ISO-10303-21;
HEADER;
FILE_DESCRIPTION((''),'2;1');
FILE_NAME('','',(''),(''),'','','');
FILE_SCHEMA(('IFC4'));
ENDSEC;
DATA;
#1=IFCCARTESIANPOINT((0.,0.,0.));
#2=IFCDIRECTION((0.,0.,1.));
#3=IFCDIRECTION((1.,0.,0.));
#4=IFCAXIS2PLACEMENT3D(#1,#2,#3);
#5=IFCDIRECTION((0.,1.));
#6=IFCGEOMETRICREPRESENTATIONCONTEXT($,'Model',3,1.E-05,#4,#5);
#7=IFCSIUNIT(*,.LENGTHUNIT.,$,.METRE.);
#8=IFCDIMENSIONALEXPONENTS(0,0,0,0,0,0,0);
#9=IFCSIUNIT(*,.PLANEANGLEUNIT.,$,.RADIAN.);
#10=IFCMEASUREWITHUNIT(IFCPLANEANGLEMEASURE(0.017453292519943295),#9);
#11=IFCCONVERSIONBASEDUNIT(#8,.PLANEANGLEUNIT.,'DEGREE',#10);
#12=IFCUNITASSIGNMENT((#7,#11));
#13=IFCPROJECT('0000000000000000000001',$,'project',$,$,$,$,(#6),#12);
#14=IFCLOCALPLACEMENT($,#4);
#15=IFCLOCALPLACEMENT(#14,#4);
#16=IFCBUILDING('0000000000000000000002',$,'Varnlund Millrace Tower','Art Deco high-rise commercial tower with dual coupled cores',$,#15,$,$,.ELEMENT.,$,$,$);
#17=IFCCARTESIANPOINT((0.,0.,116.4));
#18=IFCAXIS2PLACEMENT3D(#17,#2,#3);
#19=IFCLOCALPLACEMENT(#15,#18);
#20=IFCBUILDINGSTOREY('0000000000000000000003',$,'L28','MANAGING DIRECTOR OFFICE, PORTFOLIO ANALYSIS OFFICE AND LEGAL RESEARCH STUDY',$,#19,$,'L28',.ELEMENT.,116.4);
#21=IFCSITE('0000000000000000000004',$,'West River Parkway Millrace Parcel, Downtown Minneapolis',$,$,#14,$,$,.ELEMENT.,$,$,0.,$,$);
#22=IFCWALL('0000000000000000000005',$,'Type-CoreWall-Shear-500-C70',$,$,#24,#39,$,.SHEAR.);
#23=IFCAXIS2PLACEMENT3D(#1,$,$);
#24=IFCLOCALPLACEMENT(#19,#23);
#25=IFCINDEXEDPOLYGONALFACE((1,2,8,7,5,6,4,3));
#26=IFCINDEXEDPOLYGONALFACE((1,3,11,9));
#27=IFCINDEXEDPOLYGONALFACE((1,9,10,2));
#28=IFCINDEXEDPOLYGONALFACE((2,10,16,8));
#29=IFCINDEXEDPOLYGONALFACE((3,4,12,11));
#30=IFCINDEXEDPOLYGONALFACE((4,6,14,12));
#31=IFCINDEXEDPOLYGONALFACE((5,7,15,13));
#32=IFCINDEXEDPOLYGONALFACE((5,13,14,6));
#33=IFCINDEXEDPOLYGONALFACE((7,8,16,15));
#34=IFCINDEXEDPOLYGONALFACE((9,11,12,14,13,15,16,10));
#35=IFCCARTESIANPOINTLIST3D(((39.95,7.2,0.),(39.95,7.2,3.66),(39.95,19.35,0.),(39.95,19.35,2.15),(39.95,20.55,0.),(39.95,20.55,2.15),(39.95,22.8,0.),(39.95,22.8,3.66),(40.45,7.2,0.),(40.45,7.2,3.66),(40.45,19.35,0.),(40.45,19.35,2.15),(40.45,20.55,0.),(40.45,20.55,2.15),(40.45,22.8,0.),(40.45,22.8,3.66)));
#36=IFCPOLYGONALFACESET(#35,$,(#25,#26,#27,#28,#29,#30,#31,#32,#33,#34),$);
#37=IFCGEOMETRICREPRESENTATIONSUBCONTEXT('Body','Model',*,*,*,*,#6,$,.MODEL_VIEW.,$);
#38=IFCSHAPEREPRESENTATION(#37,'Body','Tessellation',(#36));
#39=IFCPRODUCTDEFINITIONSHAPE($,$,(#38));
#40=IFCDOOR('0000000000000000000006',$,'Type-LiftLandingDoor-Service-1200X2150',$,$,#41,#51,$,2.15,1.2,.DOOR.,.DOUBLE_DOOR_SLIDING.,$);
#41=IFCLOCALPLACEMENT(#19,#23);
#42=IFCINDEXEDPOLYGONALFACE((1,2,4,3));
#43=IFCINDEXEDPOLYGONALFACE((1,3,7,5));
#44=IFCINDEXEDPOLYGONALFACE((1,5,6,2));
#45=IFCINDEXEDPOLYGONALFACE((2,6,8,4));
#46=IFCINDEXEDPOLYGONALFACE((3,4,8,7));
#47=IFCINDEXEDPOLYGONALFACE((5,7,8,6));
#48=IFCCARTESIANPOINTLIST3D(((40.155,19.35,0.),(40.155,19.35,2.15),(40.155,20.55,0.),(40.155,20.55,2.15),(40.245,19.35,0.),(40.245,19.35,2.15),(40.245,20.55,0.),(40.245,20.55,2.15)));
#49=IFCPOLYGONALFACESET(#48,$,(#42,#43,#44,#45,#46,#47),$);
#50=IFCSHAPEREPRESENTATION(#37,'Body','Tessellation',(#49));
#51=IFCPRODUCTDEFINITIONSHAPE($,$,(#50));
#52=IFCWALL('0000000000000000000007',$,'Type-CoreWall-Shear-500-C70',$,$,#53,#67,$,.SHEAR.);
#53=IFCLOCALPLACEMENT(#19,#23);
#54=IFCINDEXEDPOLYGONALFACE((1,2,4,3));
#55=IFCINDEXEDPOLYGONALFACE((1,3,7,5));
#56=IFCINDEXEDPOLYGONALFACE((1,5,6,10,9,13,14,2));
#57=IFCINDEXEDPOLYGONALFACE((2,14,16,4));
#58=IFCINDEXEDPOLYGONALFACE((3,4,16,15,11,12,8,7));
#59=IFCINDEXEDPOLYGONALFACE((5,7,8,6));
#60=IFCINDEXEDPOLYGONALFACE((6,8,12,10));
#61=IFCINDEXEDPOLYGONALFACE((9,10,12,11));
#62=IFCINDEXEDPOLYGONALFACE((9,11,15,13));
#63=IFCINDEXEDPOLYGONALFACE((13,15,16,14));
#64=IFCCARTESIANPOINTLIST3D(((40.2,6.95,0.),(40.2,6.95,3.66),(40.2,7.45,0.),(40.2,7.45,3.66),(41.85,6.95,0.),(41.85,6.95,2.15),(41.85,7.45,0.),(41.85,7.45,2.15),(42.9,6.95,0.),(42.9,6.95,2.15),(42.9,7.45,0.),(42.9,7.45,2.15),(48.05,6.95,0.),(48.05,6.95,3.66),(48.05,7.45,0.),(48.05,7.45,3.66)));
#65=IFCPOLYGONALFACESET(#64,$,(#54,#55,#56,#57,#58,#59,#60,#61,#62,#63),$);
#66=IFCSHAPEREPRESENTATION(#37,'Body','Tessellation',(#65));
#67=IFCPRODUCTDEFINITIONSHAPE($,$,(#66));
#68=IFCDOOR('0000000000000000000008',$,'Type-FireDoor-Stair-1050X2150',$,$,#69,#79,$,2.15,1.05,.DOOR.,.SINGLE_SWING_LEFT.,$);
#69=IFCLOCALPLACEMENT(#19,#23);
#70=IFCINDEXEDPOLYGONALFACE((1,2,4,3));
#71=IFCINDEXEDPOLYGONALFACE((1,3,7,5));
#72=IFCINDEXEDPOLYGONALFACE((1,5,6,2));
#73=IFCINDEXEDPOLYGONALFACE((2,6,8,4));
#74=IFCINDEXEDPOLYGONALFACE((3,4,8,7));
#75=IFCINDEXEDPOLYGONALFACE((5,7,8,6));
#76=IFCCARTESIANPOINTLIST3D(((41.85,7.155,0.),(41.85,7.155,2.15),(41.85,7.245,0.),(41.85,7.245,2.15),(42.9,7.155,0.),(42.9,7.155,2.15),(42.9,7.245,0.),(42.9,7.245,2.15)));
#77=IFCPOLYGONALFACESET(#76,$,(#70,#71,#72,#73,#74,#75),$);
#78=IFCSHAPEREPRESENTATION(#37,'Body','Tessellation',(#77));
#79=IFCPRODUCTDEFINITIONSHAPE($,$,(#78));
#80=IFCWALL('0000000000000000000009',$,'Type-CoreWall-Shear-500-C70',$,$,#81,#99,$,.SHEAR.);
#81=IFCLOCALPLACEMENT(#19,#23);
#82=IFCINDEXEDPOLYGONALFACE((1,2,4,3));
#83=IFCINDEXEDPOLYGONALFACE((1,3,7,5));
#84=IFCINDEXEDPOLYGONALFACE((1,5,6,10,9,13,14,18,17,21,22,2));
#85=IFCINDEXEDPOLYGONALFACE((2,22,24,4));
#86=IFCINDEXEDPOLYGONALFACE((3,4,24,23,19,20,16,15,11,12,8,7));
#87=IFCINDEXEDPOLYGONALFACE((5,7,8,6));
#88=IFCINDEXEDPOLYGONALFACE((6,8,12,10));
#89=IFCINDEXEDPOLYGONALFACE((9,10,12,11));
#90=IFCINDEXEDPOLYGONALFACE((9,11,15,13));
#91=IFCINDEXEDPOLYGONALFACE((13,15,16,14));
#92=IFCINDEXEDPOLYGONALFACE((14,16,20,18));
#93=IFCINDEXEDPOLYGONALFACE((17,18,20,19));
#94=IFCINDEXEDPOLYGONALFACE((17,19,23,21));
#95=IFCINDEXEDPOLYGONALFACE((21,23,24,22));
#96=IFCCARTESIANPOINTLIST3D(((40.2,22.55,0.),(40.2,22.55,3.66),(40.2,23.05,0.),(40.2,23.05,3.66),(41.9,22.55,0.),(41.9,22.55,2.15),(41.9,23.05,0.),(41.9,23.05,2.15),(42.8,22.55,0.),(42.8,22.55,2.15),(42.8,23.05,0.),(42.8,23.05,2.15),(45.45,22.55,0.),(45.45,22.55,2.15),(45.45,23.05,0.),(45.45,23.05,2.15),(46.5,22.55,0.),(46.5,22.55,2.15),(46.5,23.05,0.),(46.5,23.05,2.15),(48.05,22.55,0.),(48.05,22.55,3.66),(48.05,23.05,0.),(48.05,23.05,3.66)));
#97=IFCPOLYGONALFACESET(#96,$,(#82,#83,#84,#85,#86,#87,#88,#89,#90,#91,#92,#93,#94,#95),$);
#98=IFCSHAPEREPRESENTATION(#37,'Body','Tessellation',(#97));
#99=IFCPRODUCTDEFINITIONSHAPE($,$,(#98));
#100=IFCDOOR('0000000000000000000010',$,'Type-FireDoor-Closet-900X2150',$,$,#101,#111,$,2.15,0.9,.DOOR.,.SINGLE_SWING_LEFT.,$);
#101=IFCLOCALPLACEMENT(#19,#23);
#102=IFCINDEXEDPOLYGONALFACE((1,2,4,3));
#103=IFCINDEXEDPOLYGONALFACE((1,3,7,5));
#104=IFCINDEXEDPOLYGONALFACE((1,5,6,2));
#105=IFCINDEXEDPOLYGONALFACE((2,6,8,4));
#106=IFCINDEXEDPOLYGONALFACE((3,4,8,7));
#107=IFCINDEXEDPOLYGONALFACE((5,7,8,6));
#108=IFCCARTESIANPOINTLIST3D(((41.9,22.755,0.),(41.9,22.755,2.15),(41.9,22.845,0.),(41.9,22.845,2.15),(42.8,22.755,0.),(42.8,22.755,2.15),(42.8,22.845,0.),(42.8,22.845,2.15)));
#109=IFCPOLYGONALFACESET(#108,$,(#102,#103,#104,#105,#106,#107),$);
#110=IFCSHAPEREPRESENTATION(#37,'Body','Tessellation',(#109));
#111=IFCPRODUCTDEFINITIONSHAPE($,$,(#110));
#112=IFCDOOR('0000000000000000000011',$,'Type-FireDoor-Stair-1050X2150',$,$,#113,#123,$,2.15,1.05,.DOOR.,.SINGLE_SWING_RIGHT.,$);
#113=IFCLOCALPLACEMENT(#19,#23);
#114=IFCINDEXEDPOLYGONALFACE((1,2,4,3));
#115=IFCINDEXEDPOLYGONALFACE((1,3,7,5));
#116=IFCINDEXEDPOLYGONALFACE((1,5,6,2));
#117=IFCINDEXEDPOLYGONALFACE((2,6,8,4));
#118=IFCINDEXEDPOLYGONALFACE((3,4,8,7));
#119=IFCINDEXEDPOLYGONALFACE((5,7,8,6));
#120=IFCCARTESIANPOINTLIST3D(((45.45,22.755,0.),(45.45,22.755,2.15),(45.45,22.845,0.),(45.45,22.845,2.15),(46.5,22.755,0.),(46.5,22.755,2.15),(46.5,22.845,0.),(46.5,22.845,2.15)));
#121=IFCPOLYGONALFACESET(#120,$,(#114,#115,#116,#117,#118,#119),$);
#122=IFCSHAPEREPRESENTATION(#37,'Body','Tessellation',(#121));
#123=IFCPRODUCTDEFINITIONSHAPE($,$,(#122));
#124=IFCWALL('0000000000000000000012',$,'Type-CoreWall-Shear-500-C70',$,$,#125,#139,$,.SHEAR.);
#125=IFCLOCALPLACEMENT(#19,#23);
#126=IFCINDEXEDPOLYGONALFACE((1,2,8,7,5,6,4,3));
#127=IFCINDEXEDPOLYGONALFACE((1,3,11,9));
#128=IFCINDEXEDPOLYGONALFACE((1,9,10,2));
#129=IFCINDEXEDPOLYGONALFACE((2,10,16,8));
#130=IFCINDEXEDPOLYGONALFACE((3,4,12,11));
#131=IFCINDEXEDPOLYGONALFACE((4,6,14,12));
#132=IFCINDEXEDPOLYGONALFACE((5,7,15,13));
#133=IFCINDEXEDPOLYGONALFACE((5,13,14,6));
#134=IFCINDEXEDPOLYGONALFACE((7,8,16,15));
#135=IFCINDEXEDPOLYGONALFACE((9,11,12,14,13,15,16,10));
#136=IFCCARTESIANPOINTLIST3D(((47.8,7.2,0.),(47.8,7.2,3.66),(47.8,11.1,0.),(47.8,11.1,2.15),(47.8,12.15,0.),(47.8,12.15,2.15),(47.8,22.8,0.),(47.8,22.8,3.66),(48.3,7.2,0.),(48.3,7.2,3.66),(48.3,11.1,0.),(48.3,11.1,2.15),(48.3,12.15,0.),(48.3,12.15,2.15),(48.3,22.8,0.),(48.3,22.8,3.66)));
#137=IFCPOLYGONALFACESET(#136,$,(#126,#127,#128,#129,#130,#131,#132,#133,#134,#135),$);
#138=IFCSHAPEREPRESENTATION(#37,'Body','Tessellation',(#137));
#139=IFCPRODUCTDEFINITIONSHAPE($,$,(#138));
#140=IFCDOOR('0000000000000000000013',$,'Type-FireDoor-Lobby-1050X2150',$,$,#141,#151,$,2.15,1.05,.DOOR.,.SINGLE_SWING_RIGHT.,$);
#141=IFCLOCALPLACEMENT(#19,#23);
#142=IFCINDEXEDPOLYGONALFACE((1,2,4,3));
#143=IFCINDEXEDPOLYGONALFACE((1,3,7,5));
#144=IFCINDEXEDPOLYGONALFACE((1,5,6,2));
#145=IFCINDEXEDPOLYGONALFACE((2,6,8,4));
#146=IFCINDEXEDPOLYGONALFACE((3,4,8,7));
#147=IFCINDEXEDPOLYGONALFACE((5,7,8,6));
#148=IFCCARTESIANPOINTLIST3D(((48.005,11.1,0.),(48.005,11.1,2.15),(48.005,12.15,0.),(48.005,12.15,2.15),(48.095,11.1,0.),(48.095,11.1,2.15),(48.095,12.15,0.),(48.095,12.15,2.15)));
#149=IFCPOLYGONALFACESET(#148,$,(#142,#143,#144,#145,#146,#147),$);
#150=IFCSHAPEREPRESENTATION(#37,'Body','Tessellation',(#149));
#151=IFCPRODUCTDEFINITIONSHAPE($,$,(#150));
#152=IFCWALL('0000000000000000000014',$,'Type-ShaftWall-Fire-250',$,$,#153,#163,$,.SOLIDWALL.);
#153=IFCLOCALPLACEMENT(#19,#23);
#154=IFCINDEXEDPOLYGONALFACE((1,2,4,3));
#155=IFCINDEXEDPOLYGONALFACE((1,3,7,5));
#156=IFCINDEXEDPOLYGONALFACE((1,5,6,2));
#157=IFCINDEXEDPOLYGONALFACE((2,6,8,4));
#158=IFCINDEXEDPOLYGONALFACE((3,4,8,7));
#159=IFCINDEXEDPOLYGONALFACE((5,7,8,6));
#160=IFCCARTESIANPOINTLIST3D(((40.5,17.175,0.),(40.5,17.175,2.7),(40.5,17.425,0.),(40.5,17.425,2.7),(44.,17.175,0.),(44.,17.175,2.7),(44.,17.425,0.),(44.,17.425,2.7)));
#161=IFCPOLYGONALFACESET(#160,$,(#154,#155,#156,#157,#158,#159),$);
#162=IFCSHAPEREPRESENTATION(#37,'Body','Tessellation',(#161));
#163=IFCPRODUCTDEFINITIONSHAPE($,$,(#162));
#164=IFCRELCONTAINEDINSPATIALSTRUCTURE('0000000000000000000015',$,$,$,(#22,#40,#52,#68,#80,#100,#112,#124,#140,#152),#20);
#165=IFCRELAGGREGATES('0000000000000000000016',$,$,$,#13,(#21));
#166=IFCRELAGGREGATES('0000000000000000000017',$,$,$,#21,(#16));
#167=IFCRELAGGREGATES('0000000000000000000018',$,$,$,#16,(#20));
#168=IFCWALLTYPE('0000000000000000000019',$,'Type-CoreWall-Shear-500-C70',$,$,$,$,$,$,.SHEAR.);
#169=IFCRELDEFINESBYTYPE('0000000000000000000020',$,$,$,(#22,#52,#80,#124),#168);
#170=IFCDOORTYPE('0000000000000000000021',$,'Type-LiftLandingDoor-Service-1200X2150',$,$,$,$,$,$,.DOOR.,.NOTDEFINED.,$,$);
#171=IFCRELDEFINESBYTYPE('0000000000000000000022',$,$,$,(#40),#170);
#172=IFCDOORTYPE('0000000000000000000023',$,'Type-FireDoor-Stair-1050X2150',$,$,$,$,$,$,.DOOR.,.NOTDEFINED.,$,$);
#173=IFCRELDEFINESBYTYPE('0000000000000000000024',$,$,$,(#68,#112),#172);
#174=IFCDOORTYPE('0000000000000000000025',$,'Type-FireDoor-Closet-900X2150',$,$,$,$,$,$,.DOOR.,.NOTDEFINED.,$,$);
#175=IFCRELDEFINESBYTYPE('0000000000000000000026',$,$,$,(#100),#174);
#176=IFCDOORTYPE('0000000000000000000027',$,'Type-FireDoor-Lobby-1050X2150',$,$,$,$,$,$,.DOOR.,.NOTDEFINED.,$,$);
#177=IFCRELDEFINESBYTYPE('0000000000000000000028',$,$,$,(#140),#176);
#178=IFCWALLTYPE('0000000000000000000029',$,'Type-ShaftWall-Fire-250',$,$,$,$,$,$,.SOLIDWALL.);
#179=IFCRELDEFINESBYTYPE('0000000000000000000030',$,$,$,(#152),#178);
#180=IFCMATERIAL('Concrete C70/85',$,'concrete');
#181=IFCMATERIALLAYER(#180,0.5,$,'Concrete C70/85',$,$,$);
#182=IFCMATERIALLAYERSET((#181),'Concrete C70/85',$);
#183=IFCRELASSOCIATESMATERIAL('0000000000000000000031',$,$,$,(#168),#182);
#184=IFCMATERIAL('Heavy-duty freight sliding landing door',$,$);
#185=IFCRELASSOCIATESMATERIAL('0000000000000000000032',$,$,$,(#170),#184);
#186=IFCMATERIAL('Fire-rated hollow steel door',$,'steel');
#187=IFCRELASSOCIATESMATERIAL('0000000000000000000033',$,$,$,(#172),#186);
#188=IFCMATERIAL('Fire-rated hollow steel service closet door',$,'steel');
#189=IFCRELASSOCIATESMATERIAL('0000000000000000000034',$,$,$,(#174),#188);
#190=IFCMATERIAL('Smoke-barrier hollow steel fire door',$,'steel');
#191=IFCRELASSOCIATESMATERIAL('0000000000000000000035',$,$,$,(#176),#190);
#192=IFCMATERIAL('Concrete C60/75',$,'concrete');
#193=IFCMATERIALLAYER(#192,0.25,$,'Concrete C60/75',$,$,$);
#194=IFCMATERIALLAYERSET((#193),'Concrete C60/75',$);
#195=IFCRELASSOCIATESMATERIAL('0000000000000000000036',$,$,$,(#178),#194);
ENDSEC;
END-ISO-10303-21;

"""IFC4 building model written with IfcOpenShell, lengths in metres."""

from ifc_helpers import new_model, entity, si_unit, converted_unit, direction, frame, origin_with_axes, origin_2d_with_axis, place, context, subcontext, project, spatial, polyline, rectangle, outline, extrude, material, layer, layer_set, type_object, element, fill, save


model = new_model("IFC4")

# Units and contexts
model_context = context("Model", 3, precision=1e-05, world=origin_with_axes(), true_north=direction((0.0, 1.0)))
body_context = subcontext(model_context, "Body", "Model", "MODEL_VIEW")
ifc_project = project(units=[si_unit("LENGTHUNIT", "METRE"), converted_unit("PLANEANGLEUNIT", "DEGREE", entity("IfcPlaneAngleMeasure", 0.017453292519943295), si_unit("PLANEANGLEUNIT", "RADIAN"), dimensions=[0, 0, 0, 0, 0, 0, 0])], contexts=[model_context])

# Site, building, storey
site_placement = place(None, origin_with_axes())
site = spatial("IfcSite", under=ifc_project, at=site_placement, Name="West River Parkway Millrace Parcel, Downtown Minneapolis", CompositionType="ELEMENT", RefElevation=0.0)
building_placement = place(site_placement, origin_with_axes())
building = spatial("IfcBuilding", under=site, at=building_placement, Name="Varnlund Millrace Tower", Description="Art Deco high-rise commercial tower with dual coupled cores", CompositionType="ELEMENT")
storey_placement = place(building_placement, frame((0.0, 0.0, 116.4), z_axis=(0.0, 0.0, 1.0), x_axis=(1.0, 0.0, 0.0)))
storey = spatial("IfcBuildingStorey", under=building, at=storey_placement, Name="L28", Description="MANAGING DIRECTOR OFFICE, PORTFOLIO ANALYSIS OFFICE AND LEGAL RESEARCH STUDY", LongName="L28", CompositionType="ELEMENT", Elevation=116.4)

# Walls, openings, doors
ifc_material_1 = material(Name="Concrete C70/85", Category="concrete")
ifc_layer_1 = layer(ifc_material_1, 0.5, Name="Concrete C70/85")
ifc_layer_set_1 = layer_set([ifc_layer_1], Name="Concrete C70/85")
wall_type_1 = type_object("IfcWallType", Name="Type-CoreWall-Shear-500-C70", PredefinedType="SHEAR", material=ifc_layer_set_1)
wall_1_placement = place(storey_placement, frame((40.2, 7.2, 0.0), z_axis=(0.0, 0.0, 1.0), x_axis=(0.0, 1.0, 0.0)))
wall_1 = element("IfcWall", 1, at=wall_1_placement, inside=storey, type_object=wall_type_1, Name="Type-CoreWall-Shear-500-C70", PredefinedType="SHEAR", context=body_context, shape_type="SweptSolid", body=[
    extrude(outline(polyline([(0.0, -0.25), (15.6, -0.25), (15.6, 0.25), (0.0, 0.25), (0.0, -0.25)])), origin_with_axes(), (0.0, 0.0, 1.0), 3.66),
])
opening_1_placement = place(wall_1_placement, frame((12.75, 0.0, 0.0), z_axis=(0.0, 0.0, 1.0), x_axis=(1.0, 0.0, 0.0)))
opening_1 = element("IfcOpeningElement", 2, at=opening_1_placement, cuts=wall_1, PredefinedType="OPENING", context=body_context, shape_type="SweptSolid", body=[
    extrude(rectangle(XDim=1.2, YDim=0.52, at=origin_2d_with_axis()), origin_with_axes(), (0.0, 0.0, 1.0), 2.15),
])
ifc_material_2 = material(Name="Heavy-duty freight sliding landing door")
door_type_1 = type_object("IfcDoorType", Name="Type-LiftLandingDoor-Service-1200X2150", OperationType="NOTDEFINED", PredefinedType="DOOR", material=ifc_material_2)
door_1_placement = place(wall_1_placement, frame((12.75, 0.0, 0.0), z_axis=(0.0, 0.0, 1.0), x_axis=(1.0, 0.0, 0.0)))
door_1 = element("IfcDoor", 3, at=door_1_placement, inside=storey, type_object=door_type_1, Name="Type-LiftLandingDoor-Service-1200X2150", OperationType="DOUBLE_DOOR_SLIDING", OverallHeight=2.15, OverallWidth=1.2, PredefinedType="DOOR", context=body_context, shape_type="SweptSolid", body=[
    extrude(rectangle(XDim=1.2, YDim=0.09, at=origin_2d_with_axis()), origin_with_axes(), (0.0, 0.0, 1.0), 2.15),
])
fill(opening_1, door_1)
wall_2_placement = place(storey_placement, frame((40.2, 7.2, 0.0), z_axis=(0.0, 0.0, 1.0), x_axis=(1.0, 0.0, 0.0)))
wall_2 = element("IfcWall", 4, at=wall_2_placement, inside=storey, type_object=wall_type_1, Name="Type-CoreWall-Shear-500-C70", PredefinedType="SHEAR", context=body_context, shape_type="SweptSolid", body=[
    extrude(outline(polyline([(0.0, -0.25), (7.85, -0.25), (7.85, 0.25), (0.0, 0.25), (0.0, -0.25)])), origin_with_axes(), (0.0, 0.0, 1.0), 3.66),
])
opening_2_placement = place(wall_2_placement, frame((2.175, 0.0, 0.0), z_axis=(0.0, 0.0, 1.0), x_axis=(1.0, 0.0, 0.0)))
opening_2 = element("IfcOpeningElement", 5, at=opening_2_placement, cuts=wall_2, PredefinedType="OPENING", context=body_context, shape_type="SweptSolid", body=[
    extrude(rectangle(XDim=1.05, YDim=0.52, at=origin_2d_with_axis()), origin_with_axes(), (0.0, 0.0, 1.0), 2.15),
])
ifc_material_3 = material(Name="Fire-rated hollow steel door", Category="steel")
door_type_2 = type_object("IfcDoorType", Name="Type-FireDoor-Stair-1050X2150", OperationType="NOTDEFINED", PredefinedType="DOOR", material=ifc_material_3)
door_2_placement = place(wall_2_placement, frame((2.175, 0.0, 0.0), z_axis=(0.0, 0.0, 1.0), x_axis=(1.0, 0.0, 0.0)))
door_2 = element("IfcDoor", 6, at=door_2_placement, inside=storey, type_object=door_type_2, Name="Type-FireDoor-Stair-1050X2150", OperationType="SINGLE_SWING_LEFT", OverallHeight=2.15, OverallWidth=1.05, PredefinedType="DOOR", context=body_context, shape_type="SweptSolid", body=[
    extrude(rectangle(XDim=1.05, YDim=0.09, at=origin_2d_with_axis()), origin_with_axes(), (0.0, 0.0, 1.0), 2.15),
])
fill(opening_2, door_2)

# Wall, openings, doors
wall_3_placement = place(storey_placement, frame((40.2, 22.8, 0.0), z_axis=(0.0, 0.0, 1.0), x_axis=(1.0, 0.0, 0.0)))
wall_3 = element("IfcWall", 7, at=wall_3_placement, inside=storey, type_object=wall_type_1, Name="Type-CoreWall-Shear-500-C70", PredefinedType="SHEAR", context=body_context, shape_type="SweptSolid", body=[
    extrude(outline(polyline([(0.0, -0.25), (7.85, -0.25), (7.85, 0.25), (0.0, 0.25), (0.0, -0.25)])), origin_with_axes(), (0.0, 0.0, 1.0), 3.66),
])
opening_3_placement = place(wall_3_placement, frame((5.775, 0.0, 0.0), z_axis=(0.0, 0.0, 1.0), x_axis=(1.0, 0.0, 0.0)))
opening_3 = element("IfcOpeningElement", 8, at=opening_3_placement, cuts=wall_3, PredefinedType="OPENING", context=body_context, shape_type="SweptSolid", body=[
    extrude(rectangle(XDim=1.05, YDim=0.52, at=origin_2d_with_axis()), origin_with_axes(), (0.0, 0.0, 1.0), 2.15),
])
opening_4_placement = place(wall_3_placement, frame((2.15, 0.0, 0.0), z_axis=(0.0, 0.0, 1.0), x_axis=(1.0, 0.0, 0.0)))
opening_4 = element("IfcOpeningElement", 9, at=opening_4_placement, cuts=wall_3, PredefinedType="OPENING", context=body_context, shape_type="SweptSolid", body=[
    extrude(rectangle(XDim=0.9, YDim=0.52, at=origin_2d_with_axis()), origin_with_axes(), (0.0, 0.0, 1.0), 2.15),
])
ifc_material_4 = material(Name="Fire-rated hollow steel service closet door", Category="steel")
door_type_3 = type_object("IfcDoorType", Name="Type-FireDoor-Closet-900X2150", OperationType="NOTDEFINED", PredefinedType="DOOR", material=ifc_material_4)
door_3_placement = place(wall_3_placement, frame((2.15, 0.0, 0.0), z_axis=(0.0, 0.0, 1.0), x_axis=(1.0, 0.0, 0.0)))
door_3 = element("IfcDoor", 10, at=door_3_placement, inside=storey, type_object=door_type_3, Name="Type-FireDoor-Closet-900X2150", OperationType="SINGLE_SWING_LEFT", OverallHeight=2.15, OverallWidth=0.9, PredefinedType="DOOR", context=body_context, shape_type="SweptSolid", body=[
    extrude(rectangle(XDim=0.9, YDim=0.09, at=origin_2d_with_axis()), origin_with_axes(), (0.0, 0.0, 1.0), 2.15),
])
fill(opening_4, door_3)
door_4_placement = place(wall_3_placement, frame((5.775, 0.0, 0.0), z_axis=(0.0, 0.0, 1.0), x_axis=(1.0, 0.0, 0.0)))
door_4 = element("IfcDoor", 11, at=door_4_placement, inside=storey, type_object=door_type_2, Name="Type-FireDoor-Stair-1050X2150", OperationType="SINGLE_SWING_RIGHT", OverallHeight=2.15, OverallWidth=1.05, PredefinedType="DOOR", context=body_context, shape_type="SweptSolid", body=[
    extrude(rectangle(XDim=1.05, YDim=0.09, at=origin_2d_with_axis()), origin_with_axes(), (0.0, 0.0, 1.0), 2.15),
])
fill(opening_3, door_4)

# Wall, opening, door
wall_4_placement = place(storey_placement, frame((48.05, 7.2, 0.0), z_axis=(0.0, 0.0, 1.0), x_axis=(0.0, 1.0, 0.0)))
wall_4 = element("IfcWall", 12, at=wall_4_placement, inside=storey, type_object=wall_type_1, Name="Type-CoreWall-Shear-500-C70", PredefinedType="SHEAR", context=body_context, shape_type="SweptSolid", body=[
    extrude(outline(polyline([(0.0, -0.25), (15.6, -0.25), (15.6, 0.25), (0.0, 0.25), (0.0, -0.25)])), origin_with_axes(), (0.0, 0.0, 1.0), 3.66),
])
opening_5_placement = place(wall_4_placement, frame((4.425, 0.0, 0.0), z_axis=(0.0, 0.0, 1.0), x_axis=(1.0, 0.0, 0.0)))
opening_5 = element("IfcOpeningElement", 13, at=opening_5_placement, cuts=wall_4, PredefinedType="OPENING", context=body_context, shape_type="SweptSolid", body=[
    extrude(rectangle(XDim=1.05, YDim=0.52, at=origin_2d_with_axis()), origin_with_axes(), (0.0, 0.0, 1.0), 2.15),
])
ifc_material_5 = material(Name="Smoke-barrier hollow steel fire door", Category="steel")
door_type_4 = type_object("IfcDoorType", Name="Type-FireDoor-Lobby-1050X2150", OperationType="NOTDEFINED", PredefinedType="DOOR", material=ifc_material_5)
door_5_placement = place(wall_4_placement, frame((4.425, 0.0, 0.0), z_axis=(0.0, 0.0, 1.0), x_axis=(1.0, 0.0, 0.0)))
door_5 = element("IfcDoor", 14, at=door_5_placement, inside=storey, type_object=door_type_4, Name="Type-FireDoor-Lobby-1050X2150", OperationType="SINGLE_SWING_RIGHT", OverallHeight=2.15, OverallWidth=1.05, PredefinedType="DOOR", context=body_context, shape_type="SweptSolid", body=[
    extrude(rectangle(XDim=1.05, YDim=0.09, at=origin_2d_with_axis()), origin_with_axes(), (0.0, 0.0, 1.0), 2.15),
])
fill(opening_5, door_5)

# Wall
ifc_material_6 = material(Name="Concrete C60/75", Category="concrete")
ifc_layer_2 = layer(ifc_material_6, 0.25, Name="Concrete C60/75")
ifc_layer_set_2 = layer_set([ifc_layer_2], Name="Concrete C60/75")
wall_type_2 = type_object("IfcWallType", Name="Type-ShaftWall-Fire-250", PredefinedType="SOLIDWALL", material=ifc_layer_set_2)
for number, where, z_axis, x_axis, name in (
    (15, (40.5, 17.3, 0.0), (0.0, 0.0, 1.0), (1.0, 0.0, 0.0), "Type-ShaftWall-Fire-250"),
):
    element("IfcWall", number, at=place(storey_placement, frame(where, z_axis=z_axis, x_axis=x_axis)), inside=storey, type_object=wall_type_2, Name=name, PredefinedType="SOLIDWALL", context=body_context, shape_type="SweptSolid", body=[
        extrude(outline(polyline([(0.0, -0.125), (3.5, -0.125), (3.5, 0.125), (0.0, 0.125), (0.0, -0.125)])), origin_with_axes(), (0.0, 0.0, 1.0), 2.7),
    ])

save(model, "model.ifc")
